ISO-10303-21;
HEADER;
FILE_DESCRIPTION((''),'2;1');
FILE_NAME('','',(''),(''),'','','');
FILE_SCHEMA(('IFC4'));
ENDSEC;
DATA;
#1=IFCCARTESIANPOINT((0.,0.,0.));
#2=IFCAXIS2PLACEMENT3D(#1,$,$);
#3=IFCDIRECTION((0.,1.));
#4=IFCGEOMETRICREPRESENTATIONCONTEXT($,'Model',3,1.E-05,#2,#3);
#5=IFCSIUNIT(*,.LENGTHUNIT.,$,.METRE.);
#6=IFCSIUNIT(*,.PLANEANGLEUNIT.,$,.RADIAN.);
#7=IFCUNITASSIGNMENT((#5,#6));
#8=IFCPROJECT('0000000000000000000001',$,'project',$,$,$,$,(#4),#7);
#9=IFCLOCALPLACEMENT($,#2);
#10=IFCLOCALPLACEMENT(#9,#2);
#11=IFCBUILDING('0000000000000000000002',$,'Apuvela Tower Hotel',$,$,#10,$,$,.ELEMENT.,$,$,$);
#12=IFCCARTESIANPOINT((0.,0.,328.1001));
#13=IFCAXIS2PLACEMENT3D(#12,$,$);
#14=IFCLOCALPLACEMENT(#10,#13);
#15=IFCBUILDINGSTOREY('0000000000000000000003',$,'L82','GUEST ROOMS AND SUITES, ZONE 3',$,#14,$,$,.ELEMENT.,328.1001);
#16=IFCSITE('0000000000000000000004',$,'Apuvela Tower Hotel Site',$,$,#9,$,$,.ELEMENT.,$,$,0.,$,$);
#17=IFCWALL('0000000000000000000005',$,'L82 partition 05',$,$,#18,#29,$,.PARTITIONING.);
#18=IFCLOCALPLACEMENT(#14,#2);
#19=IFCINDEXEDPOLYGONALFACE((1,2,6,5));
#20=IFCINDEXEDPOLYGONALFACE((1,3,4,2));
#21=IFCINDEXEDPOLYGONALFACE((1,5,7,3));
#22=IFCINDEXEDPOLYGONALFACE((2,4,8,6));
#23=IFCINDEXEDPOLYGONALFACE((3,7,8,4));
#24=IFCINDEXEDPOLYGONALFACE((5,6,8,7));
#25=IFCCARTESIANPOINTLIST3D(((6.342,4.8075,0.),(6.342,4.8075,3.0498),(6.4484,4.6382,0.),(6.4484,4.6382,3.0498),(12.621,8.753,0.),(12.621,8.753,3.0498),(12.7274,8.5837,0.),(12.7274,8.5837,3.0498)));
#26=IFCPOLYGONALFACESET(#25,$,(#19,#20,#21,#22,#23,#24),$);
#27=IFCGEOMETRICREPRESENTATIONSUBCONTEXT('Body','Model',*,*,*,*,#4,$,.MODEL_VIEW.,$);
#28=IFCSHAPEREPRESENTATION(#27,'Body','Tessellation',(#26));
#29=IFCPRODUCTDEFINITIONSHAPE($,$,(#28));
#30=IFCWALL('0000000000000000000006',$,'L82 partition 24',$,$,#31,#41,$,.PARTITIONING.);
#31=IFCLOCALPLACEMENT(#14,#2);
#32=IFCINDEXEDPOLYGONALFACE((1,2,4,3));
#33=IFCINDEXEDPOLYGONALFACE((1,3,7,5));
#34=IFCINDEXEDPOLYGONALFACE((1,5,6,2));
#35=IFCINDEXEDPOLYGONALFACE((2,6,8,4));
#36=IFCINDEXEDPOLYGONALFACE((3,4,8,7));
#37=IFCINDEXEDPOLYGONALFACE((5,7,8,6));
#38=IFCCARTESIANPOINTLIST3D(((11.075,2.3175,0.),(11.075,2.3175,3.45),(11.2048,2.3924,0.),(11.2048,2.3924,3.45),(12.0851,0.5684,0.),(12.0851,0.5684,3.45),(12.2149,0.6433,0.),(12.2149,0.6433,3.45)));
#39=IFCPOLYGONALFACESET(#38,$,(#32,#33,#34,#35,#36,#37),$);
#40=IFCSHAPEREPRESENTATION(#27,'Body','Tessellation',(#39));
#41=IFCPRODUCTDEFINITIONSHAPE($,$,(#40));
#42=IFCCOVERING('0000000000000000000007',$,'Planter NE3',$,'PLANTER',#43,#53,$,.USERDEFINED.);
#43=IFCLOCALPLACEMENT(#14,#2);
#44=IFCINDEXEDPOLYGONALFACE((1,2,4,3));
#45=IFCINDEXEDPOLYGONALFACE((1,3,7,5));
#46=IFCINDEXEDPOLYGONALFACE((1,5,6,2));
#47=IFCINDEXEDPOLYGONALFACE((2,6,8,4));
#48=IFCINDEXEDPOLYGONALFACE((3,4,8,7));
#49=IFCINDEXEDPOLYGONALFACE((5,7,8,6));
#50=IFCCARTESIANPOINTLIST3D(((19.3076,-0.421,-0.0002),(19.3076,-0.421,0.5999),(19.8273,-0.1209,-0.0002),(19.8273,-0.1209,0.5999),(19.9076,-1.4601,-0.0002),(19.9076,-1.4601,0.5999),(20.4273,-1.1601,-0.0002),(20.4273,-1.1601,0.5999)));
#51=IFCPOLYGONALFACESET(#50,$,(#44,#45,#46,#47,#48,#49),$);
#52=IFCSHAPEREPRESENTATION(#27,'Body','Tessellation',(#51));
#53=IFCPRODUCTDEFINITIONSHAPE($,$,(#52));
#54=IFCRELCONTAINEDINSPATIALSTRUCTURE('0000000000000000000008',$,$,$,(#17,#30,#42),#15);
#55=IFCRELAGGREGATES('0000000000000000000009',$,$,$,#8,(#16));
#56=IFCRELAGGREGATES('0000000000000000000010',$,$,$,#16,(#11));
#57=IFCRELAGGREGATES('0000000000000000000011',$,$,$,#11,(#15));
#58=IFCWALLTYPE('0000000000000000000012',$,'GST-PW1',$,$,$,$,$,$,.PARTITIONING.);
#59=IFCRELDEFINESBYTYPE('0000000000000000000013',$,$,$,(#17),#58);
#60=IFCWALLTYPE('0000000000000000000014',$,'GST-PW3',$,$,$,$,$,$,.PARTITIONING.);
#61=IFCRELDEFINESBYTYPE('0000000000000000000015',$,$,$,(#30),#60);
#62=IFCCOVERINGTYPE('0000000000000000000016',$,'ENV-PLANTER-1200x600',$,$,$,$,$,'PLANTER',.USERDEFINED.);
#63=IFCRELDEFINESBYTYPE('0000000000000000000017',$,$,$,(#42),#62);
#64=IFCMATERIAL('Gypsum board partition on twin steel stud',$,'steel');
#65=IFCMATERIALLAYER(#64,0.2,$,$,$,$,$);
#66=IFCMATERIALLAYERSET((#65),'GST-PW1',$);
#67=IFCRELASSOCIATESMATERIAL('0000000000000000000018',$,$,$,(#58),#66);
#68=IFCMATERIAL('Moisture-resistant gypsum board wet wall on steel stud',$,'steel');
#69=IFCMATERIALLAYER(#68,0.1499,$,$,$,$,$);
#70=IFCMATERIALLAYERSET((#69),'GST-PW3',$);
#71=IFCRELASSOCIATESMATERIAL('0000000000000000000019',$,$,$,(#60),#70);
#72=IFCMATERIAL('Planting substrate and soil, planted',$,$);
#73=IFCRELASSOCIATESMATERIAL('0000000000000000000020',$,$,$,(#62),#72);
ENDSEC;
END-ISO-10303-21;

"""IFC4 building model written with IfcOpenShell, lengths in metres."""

from ifc_helpers import new_model, si_unit, direction, frame, frame_2d, origin, origin_2d, place, context, subcontext, project, spatial, rectangle, extrude, material, layer, layer_set, type_object, element, save


model = new_model("IFC4")

# Units and contexts
model_context = context("Model", 3, precision=1e-05, world=origin(), true_north=direction((0.0, 1.0)))
body_context = subcontext(model_context, "Body", "Model", "MODEL_VIEW")
ifc_project = project(units=[si_unit("LENGTHUNIT", "METRE"), si_unit("PLANEANGLEUNIT", "RADIAN")], contexts=[model_context])

# Site, building, storey
site_placement = place(None, origin())
site = spatial("IfcSite", under=ifc_project, at=site_placement, Name="Apuvela Tower Hotel Site", CompositionType="ELEMENT", RefElevation=0.0)
building_placement = place(site_placement, origin())
building = spatial("IfcBuilding", under=site, at=building_placement, Name="Apuvela Tower Hotel", CompositionType="ELEMENT")
storey_placement = place(building_placement, frame((0.0, 0.0, 328.1001)))
storey = spatial("IfcBuildingStorey", under=building, at=storey_placement, Name="L82", Description="GUEST ROOMS AND SUITES, ZONE 3", CompositionType="ELEMENT", Elevation=328.1001)

# Walls
ifc_material_1 = material(Name="Gypsum board partition on twin steel stud", Category="steel")
ifc_layer_1 = layer(ifc_material_1, 0.2)
ifc_layer_set_1 = layer_set([ifc_layer_1], Name="GST-PW1")
wall_type_1 = type_object("IfcWallType", Name="GST-PW1", PredefinedType="PARTITIONING", material=ifc_layer_set_1)
wall_1_placement = place(storey_placement, frame((12.6743, 8.6685, 0.0), z_axis=(0.0, 0.0, 1.0), x_axis=(-0.846714, -0.532048, 0.0)))
element("IfcWall", 1, at=wall_1_placement, inside=storey, type_object=wall_type_1, Name="L82 partition 05", PredefinedType="PARTITIONING", context=body_context, shape_type="SweptSolid", body=[
    extrude(rectangle(XDim=7.4158, YDim=0.2, at=frame_2d((3.708, 0.0))), origin(), (0.0, 0.0, 1.0), 3.0498),
])
ifc_material_2 = material(Name="Moisture-resistant gypsum board wet wall on steel stud", Category="steel")
ifc_layer_2 = layer(ifc_material_2, 0.1499)
ifc_layer_set_2 = layer_set([ifc_layer_2], Name="GST-PW3")
wall_type_2 = type_object("IfcWallType", Name="GST-PW3", PredefinedType="PARTITIONING", material=ifc_layer_set_2)
wall_2_placement = place(storey_placement, frame((12.1499, 0.606, 0.0), z_axis=(0.0, 0.0, 1.0), x_axis=(-0.500078, 0.86598, 0.0)))
element("IfcWall", 2, at=wall_2_placement, inside=storey, type_object=wall_type_2, Name="L82 partition 24", PredefinedType="PARTITIONING", context=body_context, shape_type="SweptSolid", body=[
    extrude(rectangle(XDim=2.0198, YDim=0.1499, at=frame_2d((1.0098, 0.0))), origin(), (0.0, 0.0, 1.0), 3.45),
])

# Covering
ifc_material_3 = material(Name="Planting substrate and soil, planted")
covering_type = type_object("IfcCoveringType", Name="ENV-PLANTER-1200x600", ElementType="PLANTER", PredefinedType="USERDEFINED", material=ifc_material_3)
covering_placement = place(storey_placement, frame((19.8674, -0.7905, -0.0002), z_axis=(0.0, 0.0, 1.0), x_axis=(-0.5, 0.866025, 0.0)))
element("IfcCovering", 3, at=covering_placement, inside=storey, type_object=covering_type, Name="Planter NE3", ObjectType="PLANTER", PredefinedType="USERDEFINED", context=body_context, shape_type="SweptSolid", body=[
    extrude(rectangle(XDim=1.2, YDim=0.6001, at=origin_2d()), origin(), (0.0, 0.0, 1.0), 0.6001),
])

save(model, "model.ifc")
